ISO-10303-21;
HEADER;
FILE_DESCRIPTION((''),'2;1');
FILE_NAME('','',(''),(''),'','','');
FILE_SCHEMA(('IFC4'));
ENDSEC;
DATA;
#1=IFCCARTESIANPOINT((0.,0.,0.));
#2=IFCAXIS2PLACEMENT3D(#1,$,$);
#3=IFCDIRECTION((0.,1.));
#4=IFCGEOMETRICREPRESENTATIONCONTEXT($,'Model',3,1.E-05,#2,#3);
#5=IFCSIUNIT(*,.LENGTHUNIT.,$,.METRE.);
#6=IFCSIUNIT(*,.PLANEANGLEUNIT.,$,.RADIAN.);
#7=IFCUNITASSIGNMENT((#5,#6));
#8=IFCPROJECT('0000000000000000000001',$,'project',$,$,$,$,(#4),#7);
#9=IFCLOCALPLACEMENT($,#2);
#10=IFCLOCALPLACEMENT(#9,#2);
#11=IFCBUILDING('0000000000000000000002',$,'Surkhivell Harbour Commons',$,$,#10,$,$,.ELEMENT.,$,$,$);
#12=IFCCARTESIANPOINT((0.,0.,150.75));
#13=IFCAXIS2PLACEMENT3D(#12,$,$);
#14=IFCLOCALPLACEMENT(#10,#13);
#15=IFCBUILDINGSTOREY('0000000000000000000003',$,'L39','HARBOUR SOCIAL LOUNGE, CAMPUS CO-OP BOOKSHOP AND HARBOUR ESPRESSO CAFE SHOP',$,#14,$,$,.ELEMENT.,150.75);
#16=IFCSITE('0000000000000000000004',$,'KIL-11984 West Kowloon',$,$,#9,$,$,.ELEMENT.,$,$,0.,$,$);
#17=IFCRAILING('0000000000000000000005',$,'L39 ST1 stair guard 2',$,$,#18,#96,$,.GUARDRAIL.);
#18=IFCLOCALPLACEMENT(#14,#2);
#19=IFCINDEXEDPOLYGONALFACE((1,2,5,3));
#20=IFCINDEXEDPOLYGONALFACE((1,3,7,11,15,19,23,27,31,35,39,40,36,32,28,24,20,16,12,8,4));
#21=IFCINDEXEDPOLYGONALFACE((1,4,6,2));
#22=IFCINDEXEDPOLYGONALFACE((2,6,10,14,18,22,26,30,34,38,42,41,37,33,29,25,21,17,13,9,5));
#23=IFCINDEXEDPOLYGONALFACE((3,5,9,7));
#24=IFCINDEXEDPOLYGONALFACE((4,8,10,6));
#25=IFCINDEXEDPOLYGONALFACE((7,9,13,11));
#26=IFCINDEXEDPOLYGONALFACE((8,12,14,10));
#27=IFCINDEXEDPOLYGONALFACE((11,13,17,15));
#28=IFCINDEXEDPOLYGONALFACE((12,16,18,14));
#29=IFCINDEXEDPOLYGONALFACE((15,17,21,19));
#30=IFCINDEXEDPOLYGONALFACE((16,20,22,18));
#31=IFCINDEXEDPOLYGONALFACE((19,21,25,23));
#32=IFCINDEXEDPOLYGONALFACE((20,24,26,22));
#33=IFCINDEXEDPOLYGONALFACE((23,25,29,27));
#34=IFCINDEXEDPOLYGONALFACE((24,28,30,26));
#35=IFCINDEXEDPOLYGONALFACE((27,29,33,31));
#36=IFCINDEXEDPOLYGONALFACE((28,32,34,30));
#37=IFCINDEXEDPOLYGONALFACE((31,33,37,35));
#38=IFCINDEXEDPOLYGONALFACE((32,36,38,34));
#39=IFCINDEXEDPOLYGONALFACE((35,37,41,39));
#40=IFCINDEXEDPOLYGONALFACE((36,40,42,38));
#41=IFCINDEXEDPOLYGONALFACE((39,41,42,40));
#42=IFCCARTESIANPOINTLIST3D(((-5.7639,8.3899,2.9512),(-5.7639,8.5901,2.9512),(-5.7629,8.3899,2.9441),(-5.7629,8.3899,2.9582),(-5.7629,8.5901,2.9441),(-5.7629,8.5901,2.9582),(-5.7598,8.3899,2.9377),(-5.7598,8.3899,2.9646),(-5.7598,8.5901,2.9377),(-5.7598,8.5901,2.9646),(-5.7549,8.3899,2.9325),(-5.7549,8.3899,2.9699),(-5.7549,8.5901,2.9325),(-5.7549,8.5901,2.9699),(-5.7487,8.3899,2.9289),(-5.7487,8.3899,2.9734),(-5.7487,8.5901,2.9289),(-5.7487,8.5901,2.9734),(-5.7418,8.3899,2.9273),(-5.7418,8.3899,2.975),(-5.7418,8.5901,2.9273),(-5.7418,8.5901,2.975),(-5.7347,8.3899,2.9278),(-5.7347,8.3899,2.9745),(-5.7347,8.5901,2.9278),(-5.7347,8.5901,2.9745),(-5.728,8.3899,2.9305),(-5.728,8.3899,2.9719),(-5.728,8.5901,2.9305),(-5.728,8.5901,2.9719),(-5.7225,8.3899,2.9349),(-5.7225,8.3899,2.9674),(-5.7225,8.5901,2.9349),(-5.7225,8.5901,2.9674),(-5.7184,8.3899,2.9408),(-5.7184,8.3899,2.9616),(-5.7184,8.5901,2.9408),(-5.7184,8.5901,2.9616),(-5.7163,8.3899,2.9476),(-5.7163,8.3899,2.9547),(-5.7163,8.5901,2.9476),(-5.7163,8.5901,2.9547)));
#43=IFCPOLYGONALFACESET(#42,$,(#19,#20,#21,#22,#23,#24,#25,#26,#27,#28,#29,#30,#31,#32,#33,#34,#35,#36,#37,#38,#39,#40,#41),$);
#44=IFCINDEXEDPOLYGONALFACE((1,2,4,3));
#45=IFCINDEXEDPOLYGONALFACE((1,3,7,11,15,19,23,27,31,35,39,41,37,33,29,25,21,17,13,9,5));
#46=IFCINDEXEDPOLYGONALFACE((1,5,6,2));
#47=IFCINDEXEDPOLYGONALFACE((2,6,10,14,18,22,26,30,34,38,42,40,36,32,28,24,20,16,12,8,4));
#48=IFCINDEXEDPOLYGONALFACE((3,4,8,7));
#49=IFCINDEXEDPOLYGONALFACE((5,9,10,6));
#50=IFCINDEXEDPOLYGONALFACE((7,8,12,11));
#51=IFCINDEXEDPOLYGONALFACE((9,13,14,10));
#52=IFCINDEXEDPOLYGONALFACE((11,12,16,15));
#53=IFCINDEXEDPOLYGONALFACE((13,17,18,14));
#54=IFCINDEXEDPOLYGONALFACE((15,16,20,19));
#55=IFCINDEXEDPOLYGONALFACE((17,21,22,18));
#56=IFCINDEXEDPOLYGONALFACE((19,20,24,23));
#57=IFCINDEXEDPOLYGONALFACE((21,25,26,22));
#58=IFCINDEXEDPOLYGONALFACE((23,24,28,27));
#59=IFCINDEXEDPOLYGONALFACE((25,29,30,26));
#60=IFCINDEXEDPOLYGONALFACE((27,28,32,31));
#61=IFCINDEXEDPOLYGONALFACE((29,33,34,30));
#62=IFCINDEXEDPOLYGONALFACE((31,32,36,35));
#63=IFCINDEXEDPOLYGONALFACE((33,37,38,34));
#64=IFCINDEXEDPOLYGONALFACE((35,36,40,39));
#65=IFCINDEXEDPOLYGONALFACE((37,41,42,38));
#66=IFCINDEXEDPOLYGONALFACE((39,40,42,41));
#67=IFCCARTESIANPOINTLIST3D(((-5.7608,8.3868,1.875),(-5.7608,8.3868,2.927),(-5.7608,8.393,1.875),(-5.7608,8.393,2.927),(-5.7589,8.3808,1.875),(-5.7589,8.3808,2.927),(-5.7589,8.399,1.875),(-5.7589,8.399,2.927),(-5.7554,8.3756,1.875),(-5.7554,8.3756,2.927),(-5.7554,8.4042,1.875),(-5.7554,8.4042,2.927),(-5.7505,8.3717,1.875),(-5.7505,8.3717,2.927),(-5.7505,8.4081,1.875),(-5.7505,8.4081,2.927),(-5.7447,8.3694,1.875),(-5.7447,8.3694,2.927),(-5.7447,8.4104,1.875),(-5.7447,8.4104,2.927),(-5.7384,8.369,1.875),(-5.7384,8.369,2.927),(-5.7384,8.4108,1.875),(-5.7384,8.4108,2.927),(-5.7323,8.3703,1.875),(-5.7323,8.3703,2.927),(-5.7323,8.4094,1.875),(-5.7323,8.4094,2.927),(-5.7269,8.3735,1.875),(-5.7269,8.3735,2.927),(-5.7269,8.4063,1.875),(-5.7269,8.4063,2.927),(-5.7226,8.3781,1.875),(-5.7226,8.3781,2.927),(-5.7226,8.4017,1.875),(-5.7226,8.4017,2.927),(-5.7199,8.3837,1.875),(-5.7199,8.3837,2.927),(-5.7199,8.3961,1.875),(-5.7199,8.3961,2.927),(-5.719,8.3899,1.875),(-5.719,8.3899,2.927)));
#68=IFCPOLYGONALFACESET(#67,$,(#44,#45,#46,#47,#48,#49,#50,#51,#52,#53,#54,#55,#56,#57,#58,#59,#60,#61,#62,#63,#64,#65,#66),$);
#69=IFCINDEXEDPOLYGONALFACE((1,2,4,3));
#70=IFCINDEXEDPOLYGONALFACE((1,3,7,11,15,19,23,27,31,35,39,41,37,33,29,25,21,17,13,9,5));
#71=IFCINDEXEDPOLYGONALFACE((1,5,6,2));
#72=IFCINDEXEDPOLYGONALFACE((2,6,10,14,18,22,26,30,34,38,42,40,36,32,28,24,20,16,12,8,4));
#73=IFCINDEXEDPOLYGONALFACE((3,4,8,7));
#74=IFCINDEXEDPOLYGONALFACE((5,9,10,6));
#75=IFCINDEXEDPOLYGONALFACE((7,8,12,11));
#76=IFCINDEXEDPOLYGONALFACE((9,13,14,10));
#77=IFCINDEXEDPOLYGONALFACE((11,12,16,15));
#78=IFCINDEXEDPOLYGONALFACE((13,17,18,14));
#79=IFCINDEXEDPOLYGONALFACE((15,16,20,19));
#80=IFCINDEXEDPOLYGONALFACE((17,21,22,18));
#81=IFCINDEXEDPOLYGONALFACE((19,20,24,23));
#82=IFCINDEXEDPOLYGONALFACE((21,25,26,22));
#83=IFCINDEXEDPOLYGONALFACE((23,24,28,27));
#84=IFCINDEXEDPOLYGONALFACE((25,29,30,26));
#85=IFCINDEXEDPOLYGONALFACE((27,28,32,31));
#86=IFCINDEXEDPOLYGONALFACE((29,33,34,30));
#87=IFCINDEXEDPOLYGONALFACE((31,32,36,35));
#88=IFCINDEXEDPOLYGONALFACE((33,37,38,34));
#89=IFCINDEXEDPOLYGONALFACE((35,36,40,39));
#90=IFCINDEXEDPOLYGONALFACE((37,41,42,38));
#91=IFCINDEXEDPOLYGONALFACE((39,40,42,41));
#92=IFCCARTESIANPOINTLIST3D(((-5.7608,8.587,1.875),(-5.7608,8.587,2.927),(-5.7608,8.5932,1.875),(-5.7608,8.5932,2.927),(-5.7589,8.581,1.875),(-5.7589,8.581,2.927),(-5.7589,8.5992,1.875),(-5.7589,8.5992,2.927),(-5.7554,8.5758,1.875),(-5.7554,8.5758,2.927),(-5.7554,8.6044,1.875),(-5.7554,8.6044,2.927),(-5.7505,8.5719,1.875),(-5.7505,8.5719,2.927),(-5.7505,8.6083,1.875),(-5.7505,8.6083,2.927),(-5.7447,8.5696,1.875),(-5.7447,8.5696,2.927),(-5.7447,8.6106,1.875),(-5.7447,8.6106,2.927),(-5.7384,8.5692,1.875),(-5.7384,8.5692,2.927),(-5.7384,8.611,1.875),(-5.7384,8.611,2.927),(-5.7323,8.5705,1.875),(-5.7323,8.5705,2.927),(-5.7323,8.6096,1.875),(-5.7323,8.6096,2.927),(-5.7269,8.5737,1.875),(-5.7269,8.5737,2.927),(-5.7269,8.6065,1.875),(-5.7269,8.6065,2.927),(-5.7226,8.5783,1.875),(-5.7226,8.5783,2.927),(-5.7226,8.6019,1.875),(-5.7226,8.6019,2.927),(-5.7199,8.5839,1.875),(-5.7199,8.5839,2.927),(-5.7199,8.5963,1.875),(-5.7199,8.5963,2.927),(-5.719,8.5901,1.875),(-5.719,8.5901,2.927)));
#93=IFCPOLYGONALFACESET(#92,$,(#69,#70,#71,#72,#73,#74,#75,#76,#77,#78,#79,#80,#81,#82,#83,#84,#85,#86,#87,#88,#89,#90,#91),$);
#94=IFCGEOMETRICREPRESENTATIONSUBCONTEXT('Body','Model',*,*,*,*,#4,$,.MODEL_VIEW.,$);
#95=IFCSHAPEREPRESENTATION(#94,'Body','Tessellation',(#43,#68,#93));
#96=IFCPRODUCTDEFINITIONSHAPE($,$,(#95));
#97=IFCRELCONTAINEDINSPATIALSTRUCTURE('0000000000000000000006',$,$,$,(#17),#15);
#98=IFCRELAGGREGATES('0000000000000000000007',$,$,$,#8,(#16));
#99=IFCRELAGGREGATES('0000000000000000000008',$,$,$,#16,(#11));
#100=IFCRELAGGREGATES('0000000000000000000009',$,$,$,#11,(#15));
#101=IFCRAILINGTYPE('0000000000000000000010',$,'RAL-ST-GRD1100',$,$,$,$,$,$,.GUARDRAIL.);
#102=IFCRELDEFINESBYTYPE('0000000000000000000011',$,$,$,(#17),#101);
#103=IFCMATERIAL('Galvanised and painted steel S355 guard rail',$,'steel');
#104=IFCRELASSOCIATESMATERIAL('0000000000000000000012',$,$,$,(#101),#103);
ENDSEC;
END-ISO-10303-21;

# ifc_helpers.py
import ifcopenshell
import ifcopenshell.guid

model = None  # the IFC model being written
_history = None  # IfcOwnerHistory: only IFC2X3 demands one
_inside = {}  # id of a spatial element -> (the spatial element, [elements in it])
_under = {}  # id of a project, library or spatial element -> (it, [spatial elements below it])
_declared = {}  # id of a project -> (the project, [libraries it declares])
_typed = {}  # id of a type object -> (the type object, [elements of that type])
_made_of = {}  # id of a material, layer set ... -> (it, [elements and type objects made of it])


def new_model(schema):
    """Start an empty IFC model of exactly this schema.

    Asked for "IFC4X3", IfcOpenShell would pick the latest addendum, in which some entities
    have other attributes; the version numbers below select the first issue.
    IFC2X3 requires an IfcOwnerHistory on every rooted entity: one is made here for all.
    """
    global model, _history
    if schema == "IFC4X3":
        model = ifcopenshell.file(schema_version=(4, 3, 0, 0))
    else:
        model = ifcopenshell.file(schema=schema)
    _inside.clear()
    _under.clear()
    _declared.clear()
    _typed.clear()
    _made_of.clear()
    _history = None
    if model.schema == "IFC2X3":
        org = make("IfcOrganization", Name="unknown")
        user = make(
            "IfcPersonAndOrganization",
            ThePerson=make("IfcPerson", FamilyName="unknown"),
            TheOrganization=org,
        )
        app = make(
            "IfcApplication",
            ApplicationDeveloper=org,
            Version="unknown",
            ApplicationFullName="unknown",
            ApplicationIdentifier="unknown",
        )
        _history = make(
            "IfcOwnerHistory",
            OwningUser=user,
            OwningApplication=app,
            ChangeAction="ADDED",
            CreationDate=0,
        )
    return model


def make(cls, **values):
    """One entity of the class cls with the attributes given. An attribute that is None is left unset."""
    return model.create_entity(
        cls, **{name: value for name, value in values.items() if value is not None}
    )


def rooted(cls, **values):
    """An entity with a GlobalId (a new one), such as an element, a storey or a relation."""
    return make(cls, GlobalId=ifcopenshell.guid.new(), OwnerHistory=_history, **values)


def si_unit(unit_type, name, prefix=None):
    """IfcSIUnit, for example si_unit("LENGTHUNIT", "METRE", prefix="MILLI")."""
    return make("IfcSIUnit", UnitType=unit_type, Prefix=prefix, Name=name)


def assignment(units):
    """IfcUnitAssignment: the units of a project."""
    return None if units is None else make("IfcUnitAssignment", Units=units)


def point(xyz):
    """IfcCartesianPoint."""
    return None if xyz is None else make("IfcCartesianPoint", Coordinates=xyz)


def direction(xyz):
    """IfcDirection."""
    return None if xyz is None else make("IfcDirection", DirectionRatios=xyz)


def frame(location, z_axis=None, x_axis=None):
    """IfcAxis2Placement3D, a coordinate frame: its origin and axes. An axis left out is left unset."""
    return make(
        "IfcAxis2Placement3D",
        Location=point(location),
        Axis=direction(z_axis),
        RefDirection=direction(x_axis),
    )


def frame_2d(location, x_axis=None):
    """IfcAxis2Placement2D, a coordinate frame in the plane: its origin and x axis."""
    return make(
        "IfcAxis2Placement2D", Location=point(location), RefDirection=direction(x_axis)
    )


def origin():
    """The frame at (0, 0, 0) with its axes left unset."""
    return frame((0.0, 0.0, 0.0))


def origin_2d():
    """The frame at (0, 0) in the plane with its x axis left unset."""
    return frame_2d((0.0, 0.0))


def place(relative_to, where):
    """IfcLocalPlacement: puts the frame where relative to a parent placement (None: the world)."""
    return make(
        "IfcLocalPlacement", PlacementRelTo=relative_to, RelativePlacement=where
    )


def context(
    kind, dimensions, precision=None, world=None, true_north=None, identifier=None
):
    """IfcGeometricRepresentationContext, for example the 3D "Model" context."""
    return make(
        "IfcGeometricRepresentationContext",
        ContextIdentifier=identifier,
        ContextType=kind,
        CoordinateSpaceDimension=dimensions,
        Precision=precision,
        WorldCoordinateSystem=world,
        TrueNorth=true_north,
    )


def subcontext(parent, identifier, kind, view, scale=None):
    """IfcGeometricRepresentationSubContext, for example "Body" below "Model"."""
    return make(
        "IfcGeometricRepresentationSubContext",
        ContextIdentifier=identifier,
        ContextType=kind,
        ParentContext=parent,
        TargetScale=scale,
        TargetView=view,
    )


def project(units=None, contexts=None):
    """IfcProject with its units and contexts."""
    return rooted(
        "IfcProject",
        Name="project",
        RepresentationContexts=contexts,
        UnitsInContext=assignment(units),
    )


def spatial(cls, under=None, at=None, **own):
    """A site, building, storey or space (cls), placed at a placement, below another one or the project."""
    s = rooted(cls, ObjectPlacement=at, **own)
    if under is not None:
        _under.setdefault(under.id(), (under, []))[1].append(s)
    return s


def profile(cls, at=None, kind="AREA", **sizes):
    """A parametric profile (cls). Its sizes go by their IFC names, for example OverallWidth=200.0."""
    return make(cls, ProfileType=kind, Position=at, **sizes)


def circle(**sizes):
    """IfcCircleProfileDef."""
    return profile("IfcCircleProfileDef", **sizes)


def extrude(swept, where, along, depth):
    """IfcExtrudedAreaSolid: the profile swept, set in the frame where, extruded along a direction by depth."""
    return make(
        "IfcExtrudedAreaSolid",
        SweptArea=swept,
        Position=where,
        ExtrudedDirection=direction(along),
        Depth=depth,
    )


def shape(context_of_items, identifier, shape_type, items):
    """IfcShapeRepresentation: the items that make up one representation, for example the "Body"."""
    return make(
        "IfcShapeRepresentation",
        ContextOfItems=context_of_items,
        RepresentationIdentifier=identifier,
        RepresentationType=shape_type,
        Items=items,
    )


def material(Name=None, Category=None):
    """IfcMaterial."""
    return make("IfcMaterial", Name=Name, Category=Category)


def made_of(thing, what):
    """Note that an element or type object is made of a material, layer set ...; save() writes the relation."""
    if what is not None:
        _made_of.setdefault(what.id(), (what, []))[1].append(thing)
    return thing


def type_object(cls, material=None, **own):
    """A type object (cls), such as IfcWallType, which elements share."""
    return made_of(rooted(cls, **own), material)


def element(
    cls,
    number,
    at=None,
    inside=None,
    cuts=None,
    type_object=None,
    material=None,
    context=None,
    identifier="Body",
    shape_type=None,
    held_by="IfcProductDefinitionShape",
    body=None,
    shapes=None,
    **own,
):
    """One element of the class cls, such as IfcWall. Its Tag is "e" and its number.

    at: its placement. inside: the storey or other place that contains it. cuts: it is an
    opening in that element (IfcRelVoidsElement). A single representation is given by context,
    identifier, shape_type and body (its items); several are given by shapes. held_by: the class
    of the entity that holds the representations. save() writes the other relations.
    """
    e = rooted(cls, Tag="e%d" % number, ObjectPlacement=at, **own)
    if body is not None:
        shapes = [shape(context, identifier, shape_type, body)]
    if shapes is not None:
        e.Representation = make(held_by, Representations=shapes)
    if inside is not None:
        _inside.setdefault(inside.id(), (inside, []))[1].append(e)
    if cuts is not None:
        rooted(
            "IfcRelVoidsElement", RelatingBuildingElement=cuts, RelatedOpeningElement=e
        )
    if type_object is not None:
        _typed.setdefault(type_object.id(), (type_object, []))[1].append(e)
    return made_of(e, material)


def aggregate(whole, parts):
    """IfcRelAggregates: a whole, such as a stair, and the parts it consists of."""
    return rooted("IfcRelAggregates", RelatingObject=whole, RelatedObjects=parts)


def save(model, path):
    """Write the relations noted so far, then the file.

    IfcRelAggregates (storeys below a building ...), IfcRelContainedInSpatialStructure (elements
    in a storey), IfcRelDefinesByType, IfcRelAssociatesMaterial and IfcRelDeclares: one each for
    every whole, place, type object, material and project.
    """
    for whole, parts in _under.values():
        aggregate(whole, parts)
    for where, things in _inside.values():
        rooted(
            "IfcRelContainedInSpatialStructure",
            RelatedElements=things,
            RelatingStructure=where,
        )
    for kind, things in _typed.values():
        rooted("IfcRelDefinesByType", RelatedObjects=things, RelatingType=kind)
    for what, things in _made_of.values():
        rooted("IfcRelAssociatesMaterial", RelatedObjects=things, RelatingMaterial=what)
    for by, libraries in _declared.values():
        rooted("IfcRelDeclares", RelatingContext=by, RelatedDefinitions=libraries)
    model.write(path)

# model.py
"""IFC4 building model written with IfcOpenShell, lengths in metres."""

from ifc_helpers import new_model, si_unit, direction, frame, origin, origin_2d, place, context, subcontext, project, spatial, circle, extrude, material, type_object, element, save


model = new_model("IFC4")

# Units and contexts
model_context = context("Model", 3, precision=1e-05, world=origin(), true_north=direction((0.0, 1.0)))
body_context = subcontext(model_context, "Body", "Model", "MODEL_VIEW")
ifc_project = project(units=[si_unit("LENGTHUNIT", "METRE"), si_unit("PLANEANGLEUNIT", "RADIAN")], contexts=[model_context])

# Site, building, storey
site_placement = place(None, origin())
site = spatial("IfcSite", under=ifc_project, at=site_placement, Name="KIL-11984 West Kowloon", CompositionType="ELEMENT", RefElevation=0.0)
building_placement = place(site_placement, origin())
building = spatial("IfcBuilding", under=site, at=building_placement, Name="Surkhivell Harbour Commons", CompositionType="ELEMENT")
storey_placement = place(building_placement, frame((0.0, 0.0, 150.75)))
storey = spatial("IfcBuildingStorey", under=building, at=storey_placement, Name="L39", Description="HARBOUR SOCIAL LOUNGE, CAMPUS CO-OP BOOKSHOP AND HARBOUR ESPRESSO CAFE SHOP", CompositionType="ELEMENT", Elevation=150.75)

# Railing
ifc_material_1 = material(Name="Galvanised and painted steel S355 guard rail", Category="steel")
railing_type_1 = type_object("IfcRailingType", Name="RAL-ST-GRD1100", PredefinedType="GUARDRAIL", material=ifc_material_1)
railing_1_placement = place(storey_placement, frame((-5.74, 8.3899, 1.875)))
element("IfcRailing", 1, at=railing_1_placement, inside=storey, type_object=railing_type_1, Name="L39 ST1 stair guard 2", PredefinedType="GUARDRAIL", context=body_context, shape_type="SweptSolid", body=[
    extrude(circle(Radius=0.0239, at=origin_2d()), frame((0.0, 0.0, 1.0762), z_axis=(0.0, 1.0, 0.0), x_axis=(-1.0, 0.0, 0.0)), (0.0, 0.0, 1.0), 0.2002),
    extrude(circle(Radius=0.021, at=origin_2d()), origin(), (0.0, 0.0, 1.0), 1.052),
    extrude(circle(Radius=0.021, at=origin_2d()), frame((0.0, 0.2002, 0.0)), (0.0, 0.0, 1.0), 1.052),
])

save(model, "model.ifc")
